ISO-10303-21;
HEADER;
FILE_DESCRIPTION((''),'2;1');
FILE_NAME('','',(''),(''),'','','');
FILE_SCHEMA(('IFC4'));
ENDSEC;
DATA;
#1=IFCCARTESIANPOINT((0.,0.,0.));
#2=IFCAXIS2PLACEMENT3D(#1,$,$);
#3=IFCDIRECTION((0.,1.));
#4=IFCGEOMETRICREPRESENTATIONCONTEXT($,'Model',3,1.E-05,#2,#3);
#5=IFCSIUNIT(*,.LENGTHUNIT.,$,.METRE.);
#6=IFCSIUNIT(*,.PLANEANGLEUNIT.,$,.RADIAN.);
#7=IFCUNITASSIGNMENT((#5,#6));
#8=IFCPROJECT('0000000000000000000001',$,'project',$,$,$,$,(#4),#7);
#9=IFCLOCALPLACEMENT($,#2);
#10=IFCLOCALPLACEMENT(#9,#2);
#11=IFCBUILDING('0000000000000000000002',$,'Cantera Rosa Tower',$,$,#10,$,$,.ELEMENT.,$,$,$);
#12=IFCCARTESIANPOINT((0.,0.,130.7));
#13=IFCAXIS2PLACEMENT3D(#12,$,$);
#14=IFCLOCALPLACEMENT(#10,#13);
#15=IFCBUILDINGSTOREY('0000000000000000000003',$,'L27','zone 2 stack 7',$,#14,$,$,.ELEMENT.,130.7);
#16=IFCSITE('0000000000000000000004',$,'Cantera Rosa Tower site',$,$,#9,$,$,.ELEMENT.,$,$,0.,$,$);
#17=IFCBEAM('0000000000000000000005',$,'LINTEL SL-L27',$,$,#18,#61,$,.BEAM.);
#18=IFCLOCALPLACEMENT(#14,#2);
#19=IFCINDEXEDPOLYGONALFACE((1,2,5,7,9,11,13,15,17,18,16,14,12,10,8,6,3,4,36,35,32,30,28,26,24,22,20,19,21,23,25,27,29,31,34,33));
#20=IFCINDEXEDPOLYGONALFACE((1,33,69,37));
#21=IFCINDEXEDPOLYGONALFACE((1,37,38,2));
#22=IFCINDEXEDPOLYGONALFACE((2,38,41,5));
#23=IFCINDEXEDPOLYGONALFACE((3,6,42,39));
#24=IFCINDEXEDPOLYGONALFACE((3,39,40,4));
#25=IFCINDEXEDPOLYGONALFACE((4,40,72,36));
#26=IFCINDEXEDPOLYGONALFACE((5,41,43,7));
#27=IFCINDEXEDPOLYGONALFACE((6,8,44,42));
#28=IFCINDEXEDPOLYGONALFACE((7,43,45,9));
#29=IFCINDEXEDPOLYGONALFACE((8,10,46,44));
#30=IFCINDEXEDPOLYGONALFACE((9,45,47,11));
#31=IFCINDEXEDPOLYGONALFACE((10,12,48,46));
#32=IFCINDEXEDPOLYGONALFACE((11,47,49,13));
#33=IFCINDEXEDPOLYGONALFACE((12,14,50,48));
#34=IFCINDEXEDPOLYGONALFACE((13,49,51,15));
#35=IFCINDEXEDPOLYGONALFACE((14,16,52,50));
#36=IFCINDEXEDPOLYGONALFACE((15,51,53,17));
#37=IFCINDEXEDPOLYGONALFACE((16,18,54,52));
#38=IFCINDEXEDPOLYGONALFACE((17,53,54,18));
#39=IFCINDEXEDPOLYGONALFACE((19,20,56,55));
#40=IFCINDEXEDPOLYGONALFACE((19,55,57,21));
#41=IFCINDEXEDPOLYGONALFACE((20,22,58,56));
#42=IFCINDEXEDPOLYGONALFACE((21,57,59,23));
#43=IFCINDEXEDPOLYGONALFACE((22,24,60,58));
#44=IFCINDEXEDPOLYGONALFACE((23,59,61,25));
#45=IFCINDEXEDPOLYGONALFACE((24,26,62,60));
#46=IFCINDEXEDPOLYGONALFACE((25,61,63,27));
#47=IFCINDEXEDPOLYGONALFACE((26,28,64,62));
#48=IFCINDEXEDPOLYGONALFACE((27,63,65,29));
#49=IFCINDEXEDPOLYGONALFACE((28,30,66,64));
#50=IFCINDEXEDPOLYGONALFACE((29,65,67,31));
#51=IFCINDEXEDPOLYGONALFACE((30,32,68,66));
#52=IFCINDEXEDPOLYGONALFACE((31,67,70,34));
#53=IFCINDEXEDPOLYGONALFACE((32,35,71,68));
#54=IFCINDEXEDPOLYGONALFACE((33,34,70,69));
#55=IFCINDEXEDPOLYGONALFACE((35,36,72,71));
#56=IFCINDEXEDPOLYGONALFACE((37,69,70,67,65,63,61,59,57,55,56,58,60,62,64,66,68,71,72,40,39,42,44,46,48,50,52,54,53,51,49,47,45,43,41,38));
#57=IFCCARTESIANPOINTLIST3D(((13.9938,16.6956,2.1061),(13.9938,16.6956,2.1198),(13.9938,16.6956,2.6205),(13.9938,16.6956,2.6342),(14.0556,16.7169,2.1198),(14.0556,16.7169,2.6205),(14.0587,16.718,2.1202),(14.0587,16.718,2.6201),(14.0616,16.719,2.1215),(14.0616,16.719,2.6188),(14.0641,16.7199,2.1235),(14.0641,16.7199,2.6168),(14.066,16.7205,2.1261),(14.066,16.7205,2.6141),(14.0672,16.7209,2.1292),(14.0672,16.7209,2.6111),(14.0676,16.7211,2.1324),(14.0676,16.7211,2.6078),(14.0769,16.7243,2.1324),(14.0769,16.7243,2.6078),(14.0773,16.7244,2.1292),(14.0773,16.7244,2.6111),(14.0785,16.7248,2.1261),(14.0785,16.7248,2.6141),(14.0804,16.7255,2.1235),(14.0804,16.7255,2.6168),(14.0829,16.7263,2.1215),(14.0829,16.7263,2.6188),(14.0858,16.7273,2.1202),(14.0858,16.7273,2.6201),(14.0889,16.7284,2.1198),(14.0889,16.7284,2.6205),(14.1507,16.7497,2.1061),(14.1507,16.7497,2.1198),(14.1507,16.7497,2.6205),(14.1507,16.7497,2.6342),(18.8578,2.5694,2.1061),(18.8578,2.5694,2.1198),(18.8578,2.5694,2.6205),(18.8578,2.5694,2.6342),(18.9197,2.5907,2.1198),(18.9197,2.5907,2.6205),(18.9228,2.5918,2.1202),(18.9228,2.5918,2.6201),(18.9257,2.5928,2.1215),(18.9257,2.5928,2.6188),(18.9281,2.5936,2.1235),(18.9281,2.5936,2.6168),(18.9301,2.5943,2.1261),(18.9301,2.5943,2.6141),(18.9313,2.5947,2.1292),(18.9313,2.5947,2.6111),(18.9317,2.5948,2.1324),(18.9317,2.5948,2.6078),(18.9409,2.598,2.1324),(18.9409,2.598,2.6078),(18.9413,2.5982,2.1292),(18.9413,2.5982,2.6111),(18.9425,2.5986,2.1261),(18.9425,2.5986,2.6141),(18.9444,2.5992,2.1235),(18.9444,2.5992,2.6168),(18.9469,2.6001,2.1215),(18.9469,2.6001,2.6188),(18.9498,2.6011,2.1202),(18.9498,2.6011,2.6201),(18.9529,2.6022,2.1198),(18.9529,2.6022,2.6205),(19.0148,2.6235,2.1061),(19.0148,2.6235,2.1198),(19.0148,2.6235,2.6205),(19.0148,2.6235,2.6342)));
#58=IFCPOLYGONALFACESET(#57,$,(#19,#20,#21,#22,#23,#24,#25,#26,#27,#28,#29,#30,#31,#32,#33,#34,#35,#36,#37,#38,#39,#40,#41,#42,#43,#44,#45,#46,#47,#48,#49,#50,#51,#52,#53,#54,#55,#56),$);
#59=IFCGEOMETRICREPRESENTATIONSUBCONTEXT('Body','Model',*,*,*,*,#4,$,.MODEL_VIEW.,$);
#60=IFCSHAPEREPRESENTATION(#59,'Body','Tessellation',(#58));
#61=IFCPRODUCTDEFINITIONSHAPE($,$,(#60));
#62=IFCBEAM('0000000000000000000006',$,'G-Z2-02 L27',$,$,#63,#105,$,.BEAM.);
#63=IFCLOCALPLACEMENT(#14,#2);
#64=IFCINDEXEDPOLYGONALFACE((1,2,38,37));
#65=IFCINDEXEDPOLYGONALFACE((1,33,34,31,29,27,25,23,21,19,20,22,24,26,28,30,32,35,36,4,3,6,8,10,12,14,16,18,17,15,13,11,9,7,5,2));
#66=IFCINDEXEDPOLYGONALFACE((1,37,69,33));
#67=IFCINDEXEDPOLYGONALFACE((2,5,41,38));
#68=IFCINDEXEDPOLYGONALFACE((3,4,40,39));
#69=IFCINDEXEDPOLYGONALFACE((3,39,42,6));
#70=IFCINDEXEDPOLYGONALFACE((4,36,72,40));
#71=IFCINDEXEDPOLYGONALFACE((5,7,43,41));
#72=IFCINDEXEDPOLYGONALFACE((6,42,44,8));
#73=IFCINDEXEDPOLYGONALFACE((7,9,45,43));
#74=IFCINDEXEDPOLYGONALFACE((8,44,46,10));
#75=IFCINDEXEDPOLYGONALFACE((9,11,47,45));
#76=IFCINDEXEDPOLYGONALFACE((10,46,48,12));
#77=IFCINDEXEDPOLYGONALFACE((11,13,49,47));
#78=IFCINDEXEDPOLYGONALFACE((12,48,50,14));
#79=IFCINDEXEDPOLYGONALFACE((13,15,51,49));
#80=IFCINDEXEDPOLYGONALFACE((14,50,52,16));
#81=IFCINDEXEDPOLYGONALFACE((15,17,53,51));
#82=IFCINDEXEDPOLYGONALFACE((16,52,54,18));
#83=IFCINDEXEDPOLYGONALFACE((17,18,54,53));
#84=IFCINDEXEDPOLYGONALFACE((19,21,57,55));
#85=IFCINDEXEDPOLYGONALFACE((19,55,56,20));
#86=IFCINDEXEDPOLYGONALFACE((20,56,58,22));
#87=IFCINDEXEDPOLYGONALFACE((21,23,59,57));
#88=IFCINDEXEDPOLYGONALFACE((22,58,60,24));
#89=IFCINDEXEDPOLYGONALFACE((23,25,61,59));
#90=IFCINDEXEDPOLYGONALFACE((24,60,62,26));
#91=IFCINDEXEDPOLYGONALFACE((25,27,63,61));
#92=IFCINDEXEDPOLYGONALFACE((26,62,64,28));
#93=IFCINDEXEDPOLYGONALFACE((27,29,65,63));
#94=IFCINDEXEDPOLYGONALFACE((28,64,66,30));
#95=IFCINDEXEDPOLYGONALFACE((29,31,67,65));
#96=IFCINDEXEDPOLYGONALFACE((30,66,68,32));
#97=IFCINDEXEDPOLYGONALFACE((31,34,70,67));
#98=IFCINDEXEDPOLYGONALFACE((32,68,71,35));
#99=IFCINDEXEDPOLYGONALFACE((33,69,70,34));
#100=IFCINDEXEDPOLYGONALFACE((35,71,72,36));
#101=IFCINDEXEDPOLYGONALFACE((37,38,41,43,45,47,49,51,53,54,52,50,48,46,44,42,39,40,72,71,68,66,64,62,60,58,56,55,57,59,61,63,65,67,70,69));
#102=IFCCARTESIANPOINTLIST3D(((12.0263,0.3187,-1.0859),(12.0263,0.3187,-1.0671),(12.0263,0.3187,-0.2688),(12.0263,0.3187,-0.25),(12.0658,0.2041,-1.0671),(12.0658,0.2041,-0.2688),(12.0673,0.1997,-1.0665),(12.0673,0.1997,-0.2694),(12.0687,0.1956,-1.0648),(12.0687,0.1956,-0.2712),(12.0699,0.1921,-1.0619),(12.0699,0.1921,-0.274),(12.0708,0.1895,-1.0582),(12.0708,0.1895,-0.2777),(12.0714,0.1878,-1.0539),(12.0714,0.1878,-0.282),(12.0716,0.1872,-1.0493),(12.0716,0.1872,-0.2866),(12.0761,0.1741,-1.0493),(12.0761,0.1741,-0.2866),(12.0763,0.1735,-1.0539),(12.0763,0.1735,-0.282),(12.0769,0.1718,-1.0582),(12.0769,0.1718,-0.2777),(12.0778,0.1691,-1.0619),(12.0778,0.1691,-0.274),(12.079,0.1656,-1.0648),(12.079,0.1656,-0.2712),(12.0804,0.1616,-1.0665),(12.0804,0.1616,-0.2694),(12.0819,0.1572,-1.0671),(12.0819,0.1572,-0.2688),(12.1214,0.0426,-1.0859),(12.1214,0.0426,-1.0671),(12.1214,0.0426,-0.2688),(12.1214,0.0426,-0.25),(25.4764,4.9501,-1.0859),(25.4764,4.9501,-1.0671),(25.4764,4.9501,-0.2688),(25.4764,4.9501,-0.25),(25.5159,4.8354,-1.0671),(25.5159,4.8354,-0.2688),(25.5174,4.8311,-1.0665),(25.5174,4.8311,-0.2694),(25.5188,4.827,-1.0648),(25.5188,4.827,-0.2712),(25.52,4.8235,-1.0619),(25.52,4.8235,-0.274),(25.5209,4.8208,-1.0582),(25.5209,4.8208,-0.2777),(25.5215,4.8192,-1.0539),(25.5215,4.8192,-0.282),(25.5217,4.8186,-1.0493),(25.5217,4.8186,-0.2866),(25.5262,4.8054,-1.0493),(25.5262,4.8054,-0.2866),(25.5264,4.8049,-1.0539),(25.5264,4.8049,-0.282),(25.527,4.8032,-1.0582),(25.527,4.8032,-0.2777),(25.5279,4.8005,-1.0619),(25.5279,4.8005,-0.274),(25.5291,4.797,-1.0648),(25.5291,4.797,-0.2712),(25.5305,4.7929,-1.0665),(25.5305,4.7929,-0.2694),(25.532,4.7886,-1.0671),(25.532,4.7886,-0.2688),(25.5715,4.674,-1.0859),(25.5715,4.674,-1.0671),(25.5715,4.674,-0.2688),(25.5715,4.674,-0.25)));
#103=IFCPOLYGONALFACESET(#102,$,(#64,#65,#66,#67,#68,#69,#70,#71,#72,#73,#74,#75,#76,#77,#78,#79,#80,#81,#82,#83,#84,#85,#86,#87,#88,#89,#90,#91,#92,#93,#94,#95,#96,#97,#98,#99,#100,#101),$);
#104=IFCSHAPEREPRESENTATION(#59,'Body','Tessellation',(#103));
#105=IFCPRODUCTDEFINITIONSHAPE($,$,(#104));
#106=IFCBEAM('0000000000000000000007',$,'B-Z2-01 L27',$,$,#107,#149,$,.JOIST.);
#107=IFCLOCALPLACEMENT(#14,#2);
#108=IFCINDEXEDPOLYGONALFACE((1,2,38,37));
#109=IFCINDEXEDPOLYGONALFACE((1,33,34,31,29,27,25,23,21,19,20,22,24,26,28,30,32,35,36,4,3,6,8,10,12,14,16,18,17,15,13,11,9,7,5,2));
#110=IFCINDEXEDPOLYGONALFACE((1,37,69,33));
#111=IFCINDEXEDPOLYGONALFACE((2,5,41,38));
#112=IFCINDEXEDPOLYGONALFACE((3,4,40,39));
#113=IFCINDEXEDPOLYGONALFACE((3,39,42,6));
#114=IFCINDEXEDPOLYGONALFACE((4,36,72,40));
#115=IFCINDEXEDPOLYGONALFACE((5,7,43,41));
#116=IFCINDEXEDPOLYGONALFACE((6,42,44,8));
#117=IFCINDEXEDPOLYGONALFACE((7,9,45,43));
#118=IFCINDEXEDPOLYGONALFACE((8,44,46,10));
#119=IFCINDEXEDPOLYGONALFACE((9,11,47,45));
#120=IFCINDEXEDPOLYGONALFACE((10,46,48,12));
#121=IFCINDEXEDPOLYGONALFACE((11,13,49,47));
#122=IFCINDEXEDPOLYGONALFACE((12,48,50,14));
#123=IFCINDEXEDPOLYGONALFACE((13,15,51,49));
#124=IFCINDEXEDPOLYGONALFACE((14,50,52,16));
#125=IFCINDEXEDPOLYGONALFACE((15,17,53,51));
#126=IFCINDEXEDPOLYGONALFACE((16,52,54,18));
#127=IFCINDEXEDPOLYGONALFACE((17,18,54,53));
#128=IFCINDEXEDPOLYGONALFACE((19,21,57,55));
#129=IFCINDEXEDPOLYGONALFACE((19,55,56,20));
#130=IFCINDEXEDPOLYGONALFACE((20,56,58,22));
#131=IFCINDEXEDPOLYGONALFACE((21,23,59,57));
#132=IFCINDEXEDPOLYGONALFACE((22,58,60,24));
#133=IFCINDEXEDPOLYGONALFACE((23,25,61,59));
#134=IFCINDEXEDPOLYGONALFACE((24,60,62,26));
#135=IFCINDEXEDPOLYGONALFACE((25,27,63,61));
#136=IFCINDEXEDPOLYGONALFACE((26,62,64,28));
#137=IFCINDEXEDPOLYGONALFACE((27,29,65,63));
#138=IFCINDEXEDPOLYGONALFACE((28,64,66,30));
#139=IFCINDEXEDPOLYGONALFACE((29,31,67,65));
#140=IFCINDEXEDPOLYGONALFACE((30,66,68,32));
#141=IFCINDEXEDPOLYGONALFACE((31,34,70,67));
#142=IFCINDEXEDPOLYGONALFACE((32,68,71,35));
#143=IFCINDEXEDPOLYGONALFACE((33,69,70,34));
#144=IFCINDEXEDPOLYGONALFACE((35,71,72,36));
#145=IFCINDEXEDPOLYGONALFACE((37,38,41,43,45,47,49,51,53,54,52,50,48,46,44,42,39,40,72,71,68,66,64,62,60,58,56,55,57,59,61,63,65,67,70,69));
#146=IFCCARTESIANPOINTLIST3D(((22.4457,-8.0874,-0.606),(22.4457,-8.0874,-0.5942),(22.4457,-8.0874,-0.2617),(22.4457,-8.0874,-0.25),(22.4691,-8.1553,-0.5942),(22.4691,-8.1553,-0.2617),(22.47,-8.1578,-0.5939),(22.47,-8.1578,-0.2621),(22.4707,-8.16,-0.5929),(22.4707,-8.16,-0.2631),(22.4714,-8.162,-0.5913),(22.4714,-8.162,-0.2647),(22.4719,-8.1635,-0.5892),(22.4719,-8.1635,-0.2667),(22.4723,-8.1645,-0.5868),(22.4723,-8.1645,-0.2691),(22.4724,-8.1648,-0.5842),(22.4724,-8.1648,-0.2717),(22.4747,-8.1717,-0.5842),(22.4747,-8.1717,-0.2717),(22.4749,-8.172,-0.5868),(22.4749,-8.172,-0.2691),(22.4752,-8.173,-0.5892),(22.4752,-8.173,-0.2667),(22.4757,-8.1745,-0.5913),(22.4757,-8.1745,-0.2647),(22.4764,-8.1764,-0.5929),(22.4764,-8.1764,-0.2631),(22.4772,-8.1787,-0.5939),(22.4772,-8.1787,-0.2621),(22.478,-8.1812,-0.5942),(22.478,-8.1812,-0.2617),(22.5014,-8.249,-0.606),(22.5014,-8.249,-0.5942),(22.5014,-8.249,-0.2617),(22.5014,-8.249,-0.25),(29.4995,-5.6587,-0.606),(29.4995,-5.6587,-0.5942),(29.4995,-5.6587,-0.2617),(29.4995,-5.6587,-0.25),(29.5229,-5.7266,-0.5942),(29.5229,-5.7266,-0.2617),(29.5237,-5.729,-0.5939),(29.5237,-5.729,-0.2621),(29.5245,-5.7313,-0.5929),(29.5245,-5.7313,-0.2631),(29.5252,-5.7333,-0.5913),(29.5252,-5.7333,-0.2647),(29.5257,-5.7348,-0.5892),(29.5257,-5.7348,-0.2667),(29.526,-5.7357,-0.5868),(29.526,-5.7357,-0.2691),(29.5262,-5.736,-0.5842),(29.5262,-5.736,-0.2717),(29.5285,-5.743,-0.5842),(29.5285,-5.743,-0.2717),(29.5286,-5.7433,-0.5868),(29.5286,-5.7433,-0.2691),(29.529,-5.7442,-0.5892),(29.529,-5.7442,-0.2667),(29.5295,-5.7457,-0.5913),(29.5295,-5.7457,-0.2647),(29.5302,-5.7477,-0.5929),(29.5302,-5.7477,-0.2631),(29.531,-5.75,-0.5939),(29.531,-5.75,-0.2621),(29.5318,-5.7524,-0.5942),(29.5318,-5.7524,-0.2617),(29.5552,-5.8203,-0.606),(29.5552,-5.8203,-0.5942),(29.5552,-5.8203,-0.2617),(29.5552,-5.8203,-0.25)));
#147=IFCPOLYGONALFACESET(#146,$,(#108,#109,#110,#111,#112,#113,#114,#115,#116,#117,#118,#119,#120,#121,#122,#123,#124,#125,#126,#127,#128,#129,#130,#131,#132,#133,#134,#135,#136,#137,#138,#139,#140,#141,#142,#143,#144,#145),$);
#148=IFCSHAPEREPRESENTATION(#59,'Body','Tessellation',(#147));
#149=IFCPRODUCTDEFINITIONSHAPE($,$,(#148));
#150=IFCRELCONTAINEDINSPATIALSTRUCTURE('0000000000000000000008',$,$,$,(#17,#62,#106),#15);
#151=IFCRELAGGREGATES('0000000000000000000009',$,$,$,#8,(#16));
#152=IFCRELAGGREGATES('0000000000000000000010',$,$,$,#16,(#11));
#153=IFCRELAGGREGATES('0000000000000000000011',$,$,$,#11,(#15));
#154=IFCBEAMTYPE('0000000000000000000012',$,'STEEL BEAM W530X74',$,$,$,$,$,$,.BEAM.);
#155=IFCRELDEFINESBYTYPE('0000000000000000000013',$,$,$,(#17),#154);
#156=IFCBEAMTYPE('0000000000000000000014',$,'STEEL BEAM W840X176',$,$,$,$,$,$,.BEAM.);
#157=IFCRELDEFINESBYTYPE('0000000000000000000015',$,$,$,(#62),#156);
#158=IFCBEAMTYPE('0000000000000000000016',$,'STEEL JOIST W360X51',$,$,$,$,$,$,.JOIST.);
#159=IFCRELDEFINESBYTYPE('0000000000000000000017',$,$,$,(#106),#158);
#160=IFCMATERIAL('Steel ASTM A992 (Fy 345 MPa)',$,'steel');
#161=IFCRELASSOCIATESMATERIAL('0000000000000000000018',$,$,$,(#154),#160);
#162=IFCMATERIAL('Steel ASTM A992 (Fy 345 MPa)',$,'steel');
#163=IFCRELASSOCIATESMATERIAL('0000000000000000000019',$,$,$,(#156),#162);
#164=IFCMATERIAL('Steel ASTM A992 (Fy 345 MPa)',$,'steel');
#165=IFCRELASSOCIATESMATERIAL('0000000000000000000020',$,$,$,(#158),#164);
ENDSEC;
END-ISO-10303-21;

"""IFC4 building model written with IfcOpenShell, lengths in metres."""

from ifc_helpers import new_model, si_unit, direction, frame, origin, origin_2d, place, context, subcontext, project, spatial, i_section, extrude, material, material_profile, profile_set, type_object, element, save


model = new_model("IFC4")

# Units and contexts
model_context = context("Model", 3, precision=1e-05, world=origin(), true_north=direction((0.0, 1.0)))
body_context = subcontext(model_context, "Body", "Model", "MODEL_VIEW")
ifc_project = project(units=[si_unit("LENGTHUNIT", "METRE"), si_unit("PLANEANGLEUNIT", "RADIAN")], contexts=[model_context])

# Site, building, storey
site_placement = place(None, origin())
site = spatial("IfcSite", under=ifc_project, at=site_placement, Name="Cantera Rosa Tower site", CompositionType="ELEMENT", RefElevation=0.0)
building_placement = place(site_placement, origin())
building = spatial("IfcBuilding", under=site, at=building_placement, Name="Cantera Rosa Tower", CompositionType="ELEMENT")
storey_placement = place(building_placement, frame((0.0, 0.0, 130.7)))
storey = spatial("IfcBuildingStorey", under=building, at=storey_placement, Name="L27", Description="zone 2 stack 7", CompositionType="ELEMENT", Elevation=130.7)

# Beams
ifc_material_1 = material(Name="Steel ASTM A992 (Fy 345 MPa)", Category="steel")
ifc_material_profile_1 = material_profile(ifc_material_1, i_section(OverallWidth=0.166, OverallDepth=0.5281, WebThickness=0.0098, FlangeThickness=0.0137, FilletRadius=0.0127, at=origin_2d()), Name="W530X74")
ifc_profile_set_1 = profile_set([ifc_material_profile_1], Name="Steel ASTM A992 (Fy 345 MPa)")
beam_type_1 = type_object("IfcBeamType", Name="STEEL BEAM W530X74", PredefinedType="BEAM", material=ifc_profile_set_1)
beam_1_placement = place(storey_placement, frame((18.9363, 2.5964, 2.3701), z_axis=(-0.325566, 0.945519, 0.0), x_axis=(-0.945519, -0.325566, 0.0)))
element("IfcBeam", 1, at=beam_1_placement, inside=storey, type_object=beam_type_1, Name="LINTEL SL-L27", PredefinedType="BEAM", context=body_context, shape_type="SweptSolid", body=[
    extrude(i_section(OverallWidth=0.166, OverallDepth=0.5281, WebThickness=0.0098, FlangeThickness=0.0137, FilletRadius=0.0127, at=origin_2d()), origin(), (0.0, 0.0, 1.0), 14.9402),
])
ifc_material_2 = material(Name="Steel ASTM A992 (Fy 345 MPa)", Category="steel")
ifc_material_profile_2 = material_profile(ifc_material_2, i_section(OverallWidth=0.292, OverallDepth=0.8359, WebThickness=0.0139, FlangeThickness=0.0188, FilletRadius=0.0178, at=origin_2d()), Name="W840X176")
ifc_profile_set_2 = profile_set([ifc_material_profile_2], Name="Steel ASTM A992 (Fy 345 MPa)")
beam_type_2 = type_object("IfcBeamType", Name="STEEL BEAM W840X176", PredefinedType="BEAM", material=ifc_profile_set_2)
beam_2_placement = place(storey_placement, frame((25.5239, 4.812, -0.668), z_axis=(-0.945515, -0.325578, 0.0), x_axis=(0.325578, -0.945515, 0.0)))
element("IfcBeam", 2, at=beam_2_placement, inside=storey, type_object=beam_type_2, Name="G-Z2-02 L27", PredefinedType="BEAM", context=body_context, shape_type="SweptSolid", body=[
    extrude(i_section(OverallWidth=0.292, OverallDepth=0.8359, WebThickness=0.0139, FlangeThickness=0.0188, FilletRadius=0.0178, at=origin_2d()), origin(), (0.0, 0.0, 1.0), 14.2251),
])
ifc_material_3 = material(Name="Steel ASTM A992 (Fy 345 MPa)", Category="steel")
ifc_material_profile_3 = material_profile(ifc_material_3, i_section(OverallWidth=0.1709, OverallDepth=0.356, WebThickness=0.0073, FlangeThickness=0.0117, FilletRadius=0.01, at=origin_2d()), Name="W360X51")
ifc_profile_set_3 = profile_set([ifc_material_profile_3], Name="Steel ASTM A992 (Fy 345 MPa)")
beam_type_3 = type_object("IfcBeamType", Name="STEEL JOIST W360X51", PredefinedType="JOIST", material=ifc_profile_set_3)
beam_3_placement = place(storey_placement, frame((29.5273, -5.7395, -0.428), z_axis=(-0.945522, -0.325559, 0.0), x_axis=(0.325559, -0.945522, 0.0)))
element("IfcBeam", 3, at=beam_3_placement, inside=storey, type_object=beam_type_3, Name="B-Z2-01 L27", PredefinedType="JOIST", context=body_context, shape_type="SweptSolid", body=[
    extrude(i_section(OverallWidth=0.1709, OverallDepth=0.356, WebThickness=0.0073, FlangeThickness=0.0117, FilletRadius=0.01, at=origin_2d()), origin(), (0.0, 0.0, 1.0), 7.4602),
])

save(model, "model.ifc")
